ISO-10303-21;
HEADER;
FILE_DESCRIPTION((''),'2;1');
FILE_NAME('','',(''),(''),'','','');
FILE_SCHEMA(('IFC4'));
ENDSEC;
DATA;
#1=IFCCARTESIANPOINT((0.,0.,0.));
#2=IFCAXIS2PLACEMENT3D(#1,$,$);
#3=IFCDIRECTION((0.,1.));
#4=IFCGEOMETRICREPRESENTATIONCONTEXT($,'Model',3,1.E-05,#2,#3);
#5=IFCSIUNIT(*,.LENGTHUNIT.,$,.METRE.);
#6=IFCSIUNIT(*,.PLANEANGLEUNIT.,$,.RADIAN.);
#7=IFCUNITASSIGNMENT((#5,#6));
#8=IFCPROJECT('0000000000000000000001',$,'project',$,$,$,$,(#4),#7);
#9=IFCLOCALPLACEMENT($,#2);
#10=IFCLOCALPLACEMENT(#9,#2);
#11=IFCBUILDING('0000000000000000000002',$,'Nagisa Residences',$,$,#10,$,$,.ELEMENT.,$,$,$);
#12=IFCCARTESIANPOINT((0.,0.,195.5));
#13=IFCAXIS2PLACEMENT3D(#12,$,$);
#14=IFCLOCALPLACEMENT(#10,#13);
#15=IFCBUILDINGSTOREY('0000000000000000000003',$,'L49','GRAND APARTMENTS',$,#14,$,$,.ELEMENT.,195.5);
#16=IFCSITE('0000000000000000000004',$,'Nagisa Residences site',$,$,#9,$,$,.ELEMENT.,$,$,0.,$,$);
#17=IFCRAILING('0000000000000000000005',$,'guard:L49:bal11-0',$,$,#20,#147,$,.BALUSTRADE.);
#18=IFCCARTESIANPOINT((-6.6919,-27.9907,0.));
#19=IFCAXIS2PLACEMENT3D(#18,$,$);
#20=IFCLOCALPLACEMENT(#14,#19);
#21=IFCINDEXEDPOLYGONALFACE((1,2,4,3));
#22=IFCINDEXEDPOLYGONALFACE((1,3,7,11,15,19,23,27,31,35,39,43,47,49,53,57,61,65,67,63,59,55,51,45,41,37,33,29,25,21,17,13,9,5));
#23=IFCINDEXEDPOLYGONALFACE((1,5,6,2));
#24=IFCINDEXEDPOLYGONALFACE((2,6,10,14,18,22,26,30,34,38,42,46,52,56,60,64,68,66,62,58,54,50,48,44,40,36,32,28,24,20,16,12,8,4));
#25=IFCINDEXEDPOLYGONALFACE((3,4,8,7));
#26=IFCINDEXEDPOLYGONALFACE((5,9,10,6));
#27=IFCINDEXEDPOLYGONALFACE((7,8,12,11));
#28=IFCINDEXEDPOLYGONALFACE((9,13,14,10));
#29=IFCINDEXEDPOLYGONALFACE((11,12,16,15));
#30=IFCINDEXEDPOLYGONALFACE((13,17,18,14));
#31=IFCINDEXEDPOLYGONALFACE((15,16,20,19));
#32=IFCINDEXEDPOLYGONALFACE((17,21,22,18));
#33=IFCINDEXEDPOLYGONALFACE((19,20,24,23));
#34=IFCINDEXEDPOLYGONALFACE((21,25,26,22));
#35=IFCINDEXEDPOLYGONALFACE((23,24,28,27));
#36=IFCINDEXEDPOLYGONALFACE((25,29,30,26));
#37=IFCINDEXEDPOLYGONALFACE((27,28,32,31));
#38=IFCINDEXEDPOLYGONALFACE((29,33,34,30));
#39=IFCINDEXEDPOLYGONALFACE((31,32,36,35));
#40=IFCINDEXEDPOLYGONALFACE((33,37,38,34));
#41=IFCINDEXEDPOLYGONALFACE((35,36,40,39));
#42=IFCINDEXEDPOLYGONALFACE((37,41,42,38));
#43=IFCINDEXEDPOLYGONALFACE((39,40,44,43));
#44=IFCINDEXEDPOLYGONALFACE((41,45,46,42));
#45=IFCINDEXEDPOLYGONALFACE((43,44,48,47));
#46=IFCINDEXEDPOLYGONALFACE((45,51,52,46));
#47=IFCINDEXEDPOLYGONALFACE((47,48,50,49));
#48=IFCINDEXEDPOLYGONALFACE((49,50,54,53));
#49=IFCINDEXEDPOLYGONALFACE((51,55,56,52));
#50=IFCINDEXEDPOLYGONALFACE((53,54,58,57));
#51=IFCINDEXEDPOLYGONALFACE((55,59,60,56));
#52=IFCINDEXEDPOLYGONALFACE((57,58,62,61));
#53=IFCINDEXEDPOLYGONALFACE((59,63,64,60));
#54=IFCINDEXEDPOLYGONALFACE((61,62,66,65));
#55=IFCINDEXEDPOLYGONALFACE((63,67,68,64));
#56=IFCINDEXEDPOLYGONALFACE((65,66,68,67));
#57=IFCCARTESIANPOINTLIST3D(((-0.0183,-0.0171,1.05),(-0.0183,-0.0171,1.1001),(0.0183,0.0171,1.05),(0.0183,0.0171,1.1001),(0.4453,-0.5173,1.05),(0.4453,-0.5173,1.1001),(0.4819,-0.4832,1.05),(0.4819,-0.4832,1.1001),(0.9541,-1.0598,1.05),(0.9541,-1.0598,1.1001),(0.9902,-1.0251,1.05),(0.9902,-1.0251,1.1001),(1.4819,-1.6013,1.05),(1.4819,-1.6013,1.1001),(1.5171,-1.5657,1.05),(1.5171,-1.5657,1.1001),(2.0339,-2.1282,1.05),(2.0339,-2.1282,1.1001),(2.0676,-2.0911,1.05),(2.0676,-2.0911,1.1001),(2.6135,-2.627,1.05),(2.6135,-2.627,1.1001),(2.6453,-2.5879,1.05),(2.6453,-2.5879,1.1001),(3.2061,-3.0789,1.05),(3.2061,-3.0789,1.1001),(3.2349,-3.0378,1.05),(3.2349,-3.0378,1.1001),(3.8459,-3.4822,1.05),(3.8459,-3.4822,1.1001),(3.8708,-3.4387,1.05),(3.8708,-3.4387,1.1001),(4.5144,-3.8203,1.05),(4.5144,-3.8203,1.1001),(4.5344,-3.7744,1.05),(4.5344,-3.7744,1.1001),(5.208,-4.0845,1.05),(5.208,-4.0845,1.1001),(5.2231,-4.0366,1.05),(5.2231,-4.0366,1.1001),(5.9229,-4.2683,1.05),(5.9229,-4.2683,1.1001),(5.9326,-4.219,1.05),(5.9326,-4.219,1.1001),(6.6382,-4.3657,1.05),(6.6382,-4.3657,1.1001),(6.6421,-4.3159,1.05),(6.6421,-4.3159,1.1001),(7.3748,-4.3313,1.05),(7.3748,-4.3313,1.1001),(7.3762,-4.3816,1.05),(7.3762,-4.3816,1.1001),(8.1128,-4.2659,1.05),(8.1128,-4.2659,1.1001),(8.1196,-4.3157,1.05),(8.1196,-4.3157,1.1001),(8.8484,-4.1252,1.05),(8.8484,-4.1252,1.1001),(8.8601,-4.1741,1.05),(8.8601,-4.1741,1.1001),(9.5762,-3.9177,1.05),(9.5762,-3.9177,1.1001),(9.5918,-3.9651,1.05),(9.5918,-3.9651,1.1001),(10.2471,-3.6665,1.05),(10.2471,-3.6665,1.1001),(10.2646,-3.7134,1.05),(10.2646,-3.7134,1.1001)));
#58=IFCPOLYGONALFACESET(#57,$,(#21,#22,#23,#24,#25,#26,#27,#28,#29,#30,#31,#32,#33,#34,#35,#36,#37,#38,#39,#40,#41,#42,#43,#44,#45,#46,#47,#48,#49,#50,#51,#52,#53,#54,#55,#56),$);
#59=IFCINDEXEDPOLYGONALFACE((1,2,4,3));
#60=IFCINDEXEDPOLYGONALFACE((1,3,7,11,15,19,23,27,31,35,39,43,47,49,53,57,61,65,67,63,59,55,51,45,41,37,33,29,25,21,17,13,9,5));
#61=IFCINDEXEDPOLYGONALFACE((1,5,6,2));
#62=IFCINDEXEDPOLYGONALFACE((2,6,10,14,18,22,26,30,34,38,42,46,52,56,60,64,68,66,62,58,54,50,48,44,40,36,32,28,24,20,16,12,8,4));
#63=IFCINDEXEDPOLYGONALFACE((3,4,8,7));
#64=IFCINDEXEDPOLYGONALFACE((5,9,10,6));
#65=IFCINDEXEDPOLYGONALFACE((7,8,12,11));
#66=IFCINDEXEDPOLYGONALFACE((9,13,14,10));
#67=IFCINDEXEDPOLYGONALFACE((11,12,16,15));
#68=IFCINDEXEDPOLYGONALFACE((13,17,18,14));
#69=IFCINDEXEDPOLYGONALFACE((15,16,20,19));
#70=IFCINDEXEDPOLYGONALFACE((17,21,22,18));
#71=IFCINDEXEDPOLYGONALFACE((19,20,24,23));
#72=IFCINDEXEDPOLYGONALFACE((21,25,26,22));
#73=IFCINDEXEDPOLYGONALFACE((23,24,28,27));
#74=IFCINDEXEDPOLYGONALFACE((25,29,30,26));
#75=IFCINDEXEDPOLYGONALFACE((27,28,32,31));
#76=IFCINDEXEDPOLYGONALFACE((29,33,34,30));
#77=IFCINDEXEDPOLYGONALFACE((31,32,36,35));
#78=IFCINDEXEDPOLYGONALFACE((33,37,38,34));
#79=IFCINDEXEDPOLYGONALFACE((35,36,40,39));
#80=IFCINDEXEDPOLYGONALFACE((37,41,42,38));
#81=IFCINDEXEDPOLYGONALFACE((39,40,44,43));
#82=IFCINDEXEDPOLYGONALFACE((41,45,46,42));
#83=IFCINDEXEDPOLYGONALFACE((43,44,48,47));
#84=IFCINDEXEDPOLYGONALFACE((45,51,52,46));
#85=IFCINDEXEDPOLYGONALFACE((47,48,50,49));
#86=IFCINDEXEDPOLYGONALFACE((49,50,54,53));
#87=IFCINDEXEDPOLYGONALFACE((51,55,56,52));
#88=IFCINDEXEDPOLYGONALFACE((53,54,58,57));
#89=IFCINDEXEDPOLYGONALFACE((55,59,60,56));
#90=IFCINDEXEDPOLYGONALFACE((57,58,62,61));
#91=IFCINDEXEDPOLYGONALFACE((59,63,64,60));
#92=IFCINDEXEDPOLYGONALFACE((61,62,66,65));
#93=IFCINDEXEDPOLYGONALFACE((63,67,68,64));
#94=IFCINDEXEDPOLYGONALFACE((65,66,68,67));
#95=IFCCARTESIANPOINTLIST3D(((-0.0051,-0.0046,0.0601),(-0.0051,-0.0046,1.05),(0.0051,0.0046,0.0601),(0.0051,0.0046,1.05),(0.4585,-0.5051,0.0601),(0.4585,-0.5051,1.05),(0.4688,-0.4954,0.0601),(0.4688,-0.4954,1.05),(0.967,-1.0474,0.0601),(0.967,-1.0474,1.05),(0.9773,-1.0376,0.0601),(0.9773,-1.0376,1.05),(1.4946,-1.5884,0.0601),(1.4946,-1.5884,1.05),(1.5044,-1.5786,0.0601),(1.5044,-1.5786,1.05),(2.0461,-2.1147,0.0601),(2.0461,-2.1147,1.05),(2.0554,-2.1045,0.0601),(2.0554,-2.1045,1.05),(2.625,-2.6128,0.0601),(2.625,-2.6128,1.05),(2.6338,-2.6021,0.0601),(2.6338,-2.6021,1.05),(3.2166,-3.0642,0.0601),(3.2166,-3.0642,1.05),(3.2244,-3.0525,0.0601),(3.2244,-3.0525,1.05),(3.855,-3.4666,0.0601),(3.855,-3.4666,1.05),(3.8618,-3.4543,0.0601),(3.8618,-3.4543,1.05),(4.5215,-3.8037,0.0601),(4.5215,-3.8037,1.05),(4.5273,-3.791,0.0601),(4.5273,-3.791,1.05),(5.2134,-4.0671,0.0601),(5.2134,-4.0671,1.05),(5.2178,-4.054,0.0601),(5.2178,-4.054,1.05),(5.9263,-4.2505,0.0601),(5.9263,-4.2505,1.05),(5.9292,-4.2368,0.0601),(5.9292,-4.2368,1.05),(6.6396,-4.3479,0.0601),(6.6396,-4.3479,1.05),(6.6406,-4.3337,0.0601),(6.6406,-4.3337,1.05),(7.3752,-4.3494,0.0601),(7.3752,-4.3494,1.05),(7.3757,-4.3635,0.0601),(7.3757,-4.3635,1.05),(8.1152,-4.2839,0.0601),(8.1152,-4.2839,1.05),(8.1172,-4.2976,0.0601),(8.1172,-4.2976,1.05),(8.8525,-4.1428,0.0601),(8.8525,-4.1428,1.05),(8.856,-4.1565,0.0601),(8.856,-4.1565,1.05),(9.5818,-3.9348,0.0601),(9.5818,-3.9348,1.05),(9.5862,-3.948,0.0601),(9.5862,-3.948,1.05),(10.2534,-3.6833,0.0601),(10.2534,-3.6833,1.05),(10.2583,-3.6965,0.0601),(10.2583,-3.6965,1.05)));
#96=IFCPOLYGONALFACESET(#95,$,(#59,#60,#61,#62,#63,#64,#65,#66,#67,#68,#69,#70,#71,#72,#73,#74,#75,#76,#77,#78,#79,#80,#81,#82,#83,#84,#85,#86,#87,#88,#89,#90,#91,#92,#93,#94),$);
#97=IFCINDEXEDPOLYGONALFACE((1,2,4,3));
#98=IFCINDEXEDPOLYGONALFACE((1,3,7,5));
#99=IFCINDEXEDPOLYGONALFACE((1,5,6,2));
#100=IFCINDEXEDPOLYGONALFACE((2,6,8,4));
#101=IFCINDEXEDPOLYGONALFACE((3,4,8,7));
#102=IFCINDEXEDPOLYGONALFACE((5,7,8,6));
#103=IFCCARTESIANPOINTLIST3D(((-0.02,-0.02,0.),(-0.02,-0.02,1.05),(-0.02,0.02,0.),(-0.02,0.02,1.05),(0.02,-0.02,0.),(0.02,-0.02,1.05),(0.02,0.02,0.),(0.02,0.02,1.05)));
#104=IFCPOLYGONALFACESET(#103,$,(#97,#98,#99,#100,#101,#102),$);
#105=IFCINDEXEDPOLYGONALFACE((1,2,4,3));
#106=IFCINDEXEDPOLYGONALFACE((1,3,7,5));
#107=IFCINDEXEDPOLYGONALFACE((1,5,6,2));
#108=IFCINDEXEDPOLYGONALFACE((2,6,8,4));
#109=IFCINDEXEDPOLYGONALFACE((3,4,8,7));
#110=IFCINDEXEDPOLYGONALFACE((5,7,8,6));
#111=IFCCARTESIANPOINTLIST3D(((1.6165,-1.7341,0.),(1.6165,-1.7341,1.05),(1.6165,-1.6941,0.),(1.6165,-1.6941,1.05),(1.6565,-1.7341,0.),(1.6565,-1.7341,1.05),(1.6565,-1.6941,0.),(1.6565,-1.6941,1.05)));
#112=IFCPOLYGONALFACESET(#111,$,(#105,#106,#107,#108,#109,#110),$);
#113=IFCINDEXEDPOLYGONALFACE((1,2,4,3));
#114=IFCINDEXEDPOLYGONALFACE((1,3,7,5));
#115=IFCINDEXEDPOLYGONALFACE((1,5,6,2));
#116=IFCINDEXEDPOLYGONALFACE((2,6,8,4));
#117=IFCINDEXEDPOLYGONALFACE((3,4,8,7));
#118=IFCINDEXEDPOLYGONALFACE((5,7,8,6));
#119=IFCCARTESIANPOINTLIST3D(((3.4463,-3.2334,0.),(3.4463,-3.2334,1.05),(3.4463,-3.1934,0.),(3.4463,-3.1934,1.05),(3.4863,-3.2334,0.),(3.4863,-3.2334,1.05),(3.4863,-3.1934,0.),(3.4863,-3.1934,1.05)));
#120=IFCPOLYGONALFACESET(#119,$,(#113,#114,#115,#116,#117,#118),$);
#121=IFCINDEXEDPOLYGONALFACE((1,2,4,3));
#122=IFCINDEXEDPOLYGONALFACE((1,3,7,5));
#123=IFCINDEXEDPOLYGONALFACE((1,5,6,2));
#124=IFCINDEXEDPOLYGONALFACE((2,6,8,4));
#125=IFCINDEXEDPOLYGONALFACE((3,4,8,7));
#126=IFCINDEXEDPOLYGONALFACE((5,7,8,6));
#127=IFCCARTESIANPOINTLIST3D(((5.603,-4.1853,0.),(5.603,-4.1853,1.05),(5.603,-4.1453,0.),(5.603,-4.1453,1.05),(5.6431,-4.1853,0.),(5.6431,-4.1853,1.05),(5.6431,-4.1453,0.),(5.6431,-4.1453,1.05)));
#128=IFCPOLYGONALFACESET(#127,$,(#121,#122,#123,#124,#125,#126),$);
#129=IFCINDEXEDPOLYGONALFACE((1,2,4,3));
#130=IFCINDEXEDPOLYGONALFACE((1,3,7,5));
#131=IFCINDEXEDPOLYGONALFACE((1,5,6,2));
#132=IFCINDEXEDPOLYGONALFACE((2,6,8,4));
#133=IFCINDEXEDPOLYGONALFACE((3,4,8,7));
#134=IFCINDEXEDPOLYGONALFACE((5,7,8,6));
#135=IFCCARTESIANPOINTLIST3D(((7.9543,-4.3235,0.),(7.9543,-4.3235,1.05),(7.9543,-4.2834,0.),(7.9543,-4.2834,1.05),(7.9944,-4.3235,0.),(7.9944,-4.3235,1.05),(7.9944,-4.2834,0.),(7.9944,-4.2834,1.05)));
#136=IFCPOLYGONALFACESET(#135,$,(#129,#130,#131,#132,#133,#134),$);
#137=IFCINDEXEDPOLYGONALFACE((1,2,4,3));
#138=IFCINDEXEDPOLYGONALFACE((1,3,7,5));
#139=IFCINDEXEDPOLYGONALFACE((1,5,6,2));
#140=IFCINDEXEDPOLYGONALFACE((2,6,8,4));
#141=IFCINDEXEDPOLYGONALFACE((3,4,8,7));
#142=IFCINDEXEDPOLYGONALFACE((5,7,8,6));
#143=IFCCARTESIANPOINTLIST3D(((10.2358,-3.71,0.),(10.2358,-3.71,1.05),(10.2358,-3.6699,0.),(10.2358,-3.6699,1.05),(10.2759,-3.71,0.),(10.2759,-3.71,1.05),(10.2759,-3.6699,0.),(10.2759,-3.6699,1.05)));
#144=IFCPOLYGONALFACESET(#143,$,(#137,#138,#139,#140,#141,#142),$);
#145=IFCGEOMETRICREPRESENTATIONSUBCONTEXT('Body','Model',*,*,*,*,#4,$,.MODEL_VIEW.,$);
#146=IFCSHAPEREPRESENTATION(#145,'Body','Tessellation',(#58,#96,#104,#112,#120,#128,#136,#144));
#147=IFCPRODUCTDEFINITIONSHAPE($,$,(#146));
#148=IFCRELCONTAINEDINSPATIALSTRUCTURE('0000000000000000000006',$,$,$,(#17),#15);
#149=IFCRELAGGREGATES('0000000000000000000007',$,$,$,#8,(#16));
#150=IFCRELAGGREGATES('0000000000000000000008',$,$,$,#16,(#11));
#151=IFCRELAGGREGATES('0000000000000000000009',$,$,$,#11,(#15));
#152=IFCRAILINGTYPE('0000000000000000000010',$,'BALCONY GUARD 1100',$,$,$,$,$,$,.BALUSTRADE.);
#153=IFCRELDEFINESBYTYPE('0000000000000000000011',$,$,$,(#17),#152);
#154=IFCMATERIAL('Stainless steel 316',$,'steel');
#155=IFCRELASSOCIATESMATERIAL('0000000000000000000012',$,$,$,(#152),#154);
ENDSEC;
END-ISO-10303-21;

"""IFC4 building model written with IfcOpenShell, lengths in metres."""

from ifc_helpers import new_model, si_unit, direction, frame, origin, origin_2d, place, context, subcontext, project, spatial, polyline, rectangle, outline, extrude, material, type_object, element, save


model = new_model("IFC4")

# Units and contexts
model_context = context("Model", 3, precision=1e-05, world=origin(), true_north=direction((0.0, 1.0)))
body_context = subcontext(model_context, "Body", "Model", "MODEL_VIEW")
ifc_project = project(units=[si_unit("LENGTHUNIT", "METRE"), si_unit("PLANEANGLEUNIT", "RADIAN")], contexts=[model_context])

# Site, building, storey
site_placement = place(None, origin())
site = spatial("IfcSite", under=ifc_project, at=site_placement, Name="Nagisa Residences site", CompositionType="ELEMENT", RefElevation=0.0)
building_placement = place(site_placement, origin())
building = spatial("IfcBuilding", under=site, at=building_placement, Name="Nagisa Residences", CompositionType="ELEMENT")
storey_placement = place(building_placement, frame((0.0, 0.0, 195.5)))
storey = spatial("IfcBuildingStorey", under=building, at=storey_placement, Name="L49", Description="GRAND APARTMENTS", CompositionType="ELEMENT", Elevation=195.5)

# Railing
ifc_material_1 = material(Name="Stainless steel 316", Category="steel")
railing_type_1 = type_object("IfcRailingType", Name="BALCONY GUARD 1100", PredefinedType="BALUSTRADE", material=ifc_material_1)
railing_1_placement = place(storey_placement, frame((-6.6919, -27.9907, 0.0)))
element("IfcRailing", 1, at=railing_1_placement, inside=storey, type_object=railing_type_1, Name="guard:L49:bal11-0", PredefinedType="BALUSTRADE", context=body_context, shape_type="SweptSolid", body=[
    extrude(outline(polyline([(0.4819, -0.4832), (0.0183, 0.0171), (-0.0183, -0.0171), (0.4453, -0.5173), (0.9541, -1.0598), (1.4819, -1.6013), (2.0339, -2.1282), (2.6135, -2.627), (3.2061, -3.0789), (3.8459, -3.4822), (4.5144, -3.8203), (5.208, -4.0845), (5.9229, -4.2683), (6.6382, -4.3657), (7.3762, -4.3816), (8.1196, -4.3157), (8.8601, -4.1741), (9.5918, -3.9651), (10.2646, -3.7134), (10.2471, -3.6665), (9.5762, -3.9177), (8.8484, -4.1252), (8.1128, -4.2659), (7.3748, -4.3313), (6.6421, -4.3159), (5.9326, -4.219), (5.2231, -4.0366), (4.5344, -3.7744), (3.8708, -3.4387), (3.2349, -3.0378), (2.6453, -2.5879), (2.0676, -2.0911), (1.5171, -1.5657), (0.9902, -1.0251), (0.4819, -0.4832)])), frame((0.0, 0.0, 1.05)), (0.0, 0.0, 1.0), 0.05),
    extrude(outline(polyline([(0.4688, -0.4954), (0.0051, 0.0046), (-0.0051, -0.0046), (0.4585, -0.5051), (0.967, -1.0474), (1.4946, -1.5884), (2.0461, -2.1147), (2.625, -2.6128), (3.2166, -3.0642), (3.855, -3.4666), (4.5215, -3.8037), (5.2134, -4.0671), (5.9263, -4.2505), (6.6396, -4.3479), (7.3757, -4.3635), (8.1172, -4.2976), (8.856, -4.1565), (9.5862, -3.948), (10.2583, -3.6965), (10.2534, -3.6833), (9.5818, -3.9348), (8.8525, -4.1428), (8.1152, -4.2839), (7.3752, -4.3494), (6.6406, -4.3337), (5.9292, -4.2368), (5.2178, -4.054), (4.5273, -3.791), (3.8618, -3.4543), (3.2244, -3.0525), (2.6338, -2.6021), (2.0554, -2.1045), (1.5044, -1.5786), (0.9773, -1.0376), (0.4688, -0.4954)])), frame((0.0, 0.0, 0.0601)), (0.0, 0.0, 1.0), 0.99),
    extrude(rectangle(XDim=0.04, YDim=0.04, at=origin_2d()), origin(), (0.0, 0.0, 1.0), 1.05),
    extrude(rectangle(XDim=0.04, YDim=0.04, at=origin_2d()), frame((1.6365, -1.7141, 0.0)), (0.0, 0.0, 1.0), 1.05),
    extrude(rectangle(XDim=0.04, YDim=0.04, at=origin_2d()), frame((3.4663, -3.2134, 0.0)), (0.0, 0.0, 1.0), 1.05),
    extrude(rectangle(XDim=0.04, YDim=0.04, at=origin_2d()), frame((5.623, -4.1653, 0.0)), (0.0, 0.0, 1.0), 1.05),
    extrude(rectangle(XDim=0.04, YDim=0.04, at=origin_2d()), frame((7.9744, -4.3035, 0.0)), (0.0, 0.0, 1.0), 1.05),
    extrude(rectangle(XDim=0.04, YDim=0.04, at=origin_2d()), frame((10.2559, -3.6899, 0.0)), (0.0, 0.0, 1.0), 1.05),
])

save(model, "model.ifc")
